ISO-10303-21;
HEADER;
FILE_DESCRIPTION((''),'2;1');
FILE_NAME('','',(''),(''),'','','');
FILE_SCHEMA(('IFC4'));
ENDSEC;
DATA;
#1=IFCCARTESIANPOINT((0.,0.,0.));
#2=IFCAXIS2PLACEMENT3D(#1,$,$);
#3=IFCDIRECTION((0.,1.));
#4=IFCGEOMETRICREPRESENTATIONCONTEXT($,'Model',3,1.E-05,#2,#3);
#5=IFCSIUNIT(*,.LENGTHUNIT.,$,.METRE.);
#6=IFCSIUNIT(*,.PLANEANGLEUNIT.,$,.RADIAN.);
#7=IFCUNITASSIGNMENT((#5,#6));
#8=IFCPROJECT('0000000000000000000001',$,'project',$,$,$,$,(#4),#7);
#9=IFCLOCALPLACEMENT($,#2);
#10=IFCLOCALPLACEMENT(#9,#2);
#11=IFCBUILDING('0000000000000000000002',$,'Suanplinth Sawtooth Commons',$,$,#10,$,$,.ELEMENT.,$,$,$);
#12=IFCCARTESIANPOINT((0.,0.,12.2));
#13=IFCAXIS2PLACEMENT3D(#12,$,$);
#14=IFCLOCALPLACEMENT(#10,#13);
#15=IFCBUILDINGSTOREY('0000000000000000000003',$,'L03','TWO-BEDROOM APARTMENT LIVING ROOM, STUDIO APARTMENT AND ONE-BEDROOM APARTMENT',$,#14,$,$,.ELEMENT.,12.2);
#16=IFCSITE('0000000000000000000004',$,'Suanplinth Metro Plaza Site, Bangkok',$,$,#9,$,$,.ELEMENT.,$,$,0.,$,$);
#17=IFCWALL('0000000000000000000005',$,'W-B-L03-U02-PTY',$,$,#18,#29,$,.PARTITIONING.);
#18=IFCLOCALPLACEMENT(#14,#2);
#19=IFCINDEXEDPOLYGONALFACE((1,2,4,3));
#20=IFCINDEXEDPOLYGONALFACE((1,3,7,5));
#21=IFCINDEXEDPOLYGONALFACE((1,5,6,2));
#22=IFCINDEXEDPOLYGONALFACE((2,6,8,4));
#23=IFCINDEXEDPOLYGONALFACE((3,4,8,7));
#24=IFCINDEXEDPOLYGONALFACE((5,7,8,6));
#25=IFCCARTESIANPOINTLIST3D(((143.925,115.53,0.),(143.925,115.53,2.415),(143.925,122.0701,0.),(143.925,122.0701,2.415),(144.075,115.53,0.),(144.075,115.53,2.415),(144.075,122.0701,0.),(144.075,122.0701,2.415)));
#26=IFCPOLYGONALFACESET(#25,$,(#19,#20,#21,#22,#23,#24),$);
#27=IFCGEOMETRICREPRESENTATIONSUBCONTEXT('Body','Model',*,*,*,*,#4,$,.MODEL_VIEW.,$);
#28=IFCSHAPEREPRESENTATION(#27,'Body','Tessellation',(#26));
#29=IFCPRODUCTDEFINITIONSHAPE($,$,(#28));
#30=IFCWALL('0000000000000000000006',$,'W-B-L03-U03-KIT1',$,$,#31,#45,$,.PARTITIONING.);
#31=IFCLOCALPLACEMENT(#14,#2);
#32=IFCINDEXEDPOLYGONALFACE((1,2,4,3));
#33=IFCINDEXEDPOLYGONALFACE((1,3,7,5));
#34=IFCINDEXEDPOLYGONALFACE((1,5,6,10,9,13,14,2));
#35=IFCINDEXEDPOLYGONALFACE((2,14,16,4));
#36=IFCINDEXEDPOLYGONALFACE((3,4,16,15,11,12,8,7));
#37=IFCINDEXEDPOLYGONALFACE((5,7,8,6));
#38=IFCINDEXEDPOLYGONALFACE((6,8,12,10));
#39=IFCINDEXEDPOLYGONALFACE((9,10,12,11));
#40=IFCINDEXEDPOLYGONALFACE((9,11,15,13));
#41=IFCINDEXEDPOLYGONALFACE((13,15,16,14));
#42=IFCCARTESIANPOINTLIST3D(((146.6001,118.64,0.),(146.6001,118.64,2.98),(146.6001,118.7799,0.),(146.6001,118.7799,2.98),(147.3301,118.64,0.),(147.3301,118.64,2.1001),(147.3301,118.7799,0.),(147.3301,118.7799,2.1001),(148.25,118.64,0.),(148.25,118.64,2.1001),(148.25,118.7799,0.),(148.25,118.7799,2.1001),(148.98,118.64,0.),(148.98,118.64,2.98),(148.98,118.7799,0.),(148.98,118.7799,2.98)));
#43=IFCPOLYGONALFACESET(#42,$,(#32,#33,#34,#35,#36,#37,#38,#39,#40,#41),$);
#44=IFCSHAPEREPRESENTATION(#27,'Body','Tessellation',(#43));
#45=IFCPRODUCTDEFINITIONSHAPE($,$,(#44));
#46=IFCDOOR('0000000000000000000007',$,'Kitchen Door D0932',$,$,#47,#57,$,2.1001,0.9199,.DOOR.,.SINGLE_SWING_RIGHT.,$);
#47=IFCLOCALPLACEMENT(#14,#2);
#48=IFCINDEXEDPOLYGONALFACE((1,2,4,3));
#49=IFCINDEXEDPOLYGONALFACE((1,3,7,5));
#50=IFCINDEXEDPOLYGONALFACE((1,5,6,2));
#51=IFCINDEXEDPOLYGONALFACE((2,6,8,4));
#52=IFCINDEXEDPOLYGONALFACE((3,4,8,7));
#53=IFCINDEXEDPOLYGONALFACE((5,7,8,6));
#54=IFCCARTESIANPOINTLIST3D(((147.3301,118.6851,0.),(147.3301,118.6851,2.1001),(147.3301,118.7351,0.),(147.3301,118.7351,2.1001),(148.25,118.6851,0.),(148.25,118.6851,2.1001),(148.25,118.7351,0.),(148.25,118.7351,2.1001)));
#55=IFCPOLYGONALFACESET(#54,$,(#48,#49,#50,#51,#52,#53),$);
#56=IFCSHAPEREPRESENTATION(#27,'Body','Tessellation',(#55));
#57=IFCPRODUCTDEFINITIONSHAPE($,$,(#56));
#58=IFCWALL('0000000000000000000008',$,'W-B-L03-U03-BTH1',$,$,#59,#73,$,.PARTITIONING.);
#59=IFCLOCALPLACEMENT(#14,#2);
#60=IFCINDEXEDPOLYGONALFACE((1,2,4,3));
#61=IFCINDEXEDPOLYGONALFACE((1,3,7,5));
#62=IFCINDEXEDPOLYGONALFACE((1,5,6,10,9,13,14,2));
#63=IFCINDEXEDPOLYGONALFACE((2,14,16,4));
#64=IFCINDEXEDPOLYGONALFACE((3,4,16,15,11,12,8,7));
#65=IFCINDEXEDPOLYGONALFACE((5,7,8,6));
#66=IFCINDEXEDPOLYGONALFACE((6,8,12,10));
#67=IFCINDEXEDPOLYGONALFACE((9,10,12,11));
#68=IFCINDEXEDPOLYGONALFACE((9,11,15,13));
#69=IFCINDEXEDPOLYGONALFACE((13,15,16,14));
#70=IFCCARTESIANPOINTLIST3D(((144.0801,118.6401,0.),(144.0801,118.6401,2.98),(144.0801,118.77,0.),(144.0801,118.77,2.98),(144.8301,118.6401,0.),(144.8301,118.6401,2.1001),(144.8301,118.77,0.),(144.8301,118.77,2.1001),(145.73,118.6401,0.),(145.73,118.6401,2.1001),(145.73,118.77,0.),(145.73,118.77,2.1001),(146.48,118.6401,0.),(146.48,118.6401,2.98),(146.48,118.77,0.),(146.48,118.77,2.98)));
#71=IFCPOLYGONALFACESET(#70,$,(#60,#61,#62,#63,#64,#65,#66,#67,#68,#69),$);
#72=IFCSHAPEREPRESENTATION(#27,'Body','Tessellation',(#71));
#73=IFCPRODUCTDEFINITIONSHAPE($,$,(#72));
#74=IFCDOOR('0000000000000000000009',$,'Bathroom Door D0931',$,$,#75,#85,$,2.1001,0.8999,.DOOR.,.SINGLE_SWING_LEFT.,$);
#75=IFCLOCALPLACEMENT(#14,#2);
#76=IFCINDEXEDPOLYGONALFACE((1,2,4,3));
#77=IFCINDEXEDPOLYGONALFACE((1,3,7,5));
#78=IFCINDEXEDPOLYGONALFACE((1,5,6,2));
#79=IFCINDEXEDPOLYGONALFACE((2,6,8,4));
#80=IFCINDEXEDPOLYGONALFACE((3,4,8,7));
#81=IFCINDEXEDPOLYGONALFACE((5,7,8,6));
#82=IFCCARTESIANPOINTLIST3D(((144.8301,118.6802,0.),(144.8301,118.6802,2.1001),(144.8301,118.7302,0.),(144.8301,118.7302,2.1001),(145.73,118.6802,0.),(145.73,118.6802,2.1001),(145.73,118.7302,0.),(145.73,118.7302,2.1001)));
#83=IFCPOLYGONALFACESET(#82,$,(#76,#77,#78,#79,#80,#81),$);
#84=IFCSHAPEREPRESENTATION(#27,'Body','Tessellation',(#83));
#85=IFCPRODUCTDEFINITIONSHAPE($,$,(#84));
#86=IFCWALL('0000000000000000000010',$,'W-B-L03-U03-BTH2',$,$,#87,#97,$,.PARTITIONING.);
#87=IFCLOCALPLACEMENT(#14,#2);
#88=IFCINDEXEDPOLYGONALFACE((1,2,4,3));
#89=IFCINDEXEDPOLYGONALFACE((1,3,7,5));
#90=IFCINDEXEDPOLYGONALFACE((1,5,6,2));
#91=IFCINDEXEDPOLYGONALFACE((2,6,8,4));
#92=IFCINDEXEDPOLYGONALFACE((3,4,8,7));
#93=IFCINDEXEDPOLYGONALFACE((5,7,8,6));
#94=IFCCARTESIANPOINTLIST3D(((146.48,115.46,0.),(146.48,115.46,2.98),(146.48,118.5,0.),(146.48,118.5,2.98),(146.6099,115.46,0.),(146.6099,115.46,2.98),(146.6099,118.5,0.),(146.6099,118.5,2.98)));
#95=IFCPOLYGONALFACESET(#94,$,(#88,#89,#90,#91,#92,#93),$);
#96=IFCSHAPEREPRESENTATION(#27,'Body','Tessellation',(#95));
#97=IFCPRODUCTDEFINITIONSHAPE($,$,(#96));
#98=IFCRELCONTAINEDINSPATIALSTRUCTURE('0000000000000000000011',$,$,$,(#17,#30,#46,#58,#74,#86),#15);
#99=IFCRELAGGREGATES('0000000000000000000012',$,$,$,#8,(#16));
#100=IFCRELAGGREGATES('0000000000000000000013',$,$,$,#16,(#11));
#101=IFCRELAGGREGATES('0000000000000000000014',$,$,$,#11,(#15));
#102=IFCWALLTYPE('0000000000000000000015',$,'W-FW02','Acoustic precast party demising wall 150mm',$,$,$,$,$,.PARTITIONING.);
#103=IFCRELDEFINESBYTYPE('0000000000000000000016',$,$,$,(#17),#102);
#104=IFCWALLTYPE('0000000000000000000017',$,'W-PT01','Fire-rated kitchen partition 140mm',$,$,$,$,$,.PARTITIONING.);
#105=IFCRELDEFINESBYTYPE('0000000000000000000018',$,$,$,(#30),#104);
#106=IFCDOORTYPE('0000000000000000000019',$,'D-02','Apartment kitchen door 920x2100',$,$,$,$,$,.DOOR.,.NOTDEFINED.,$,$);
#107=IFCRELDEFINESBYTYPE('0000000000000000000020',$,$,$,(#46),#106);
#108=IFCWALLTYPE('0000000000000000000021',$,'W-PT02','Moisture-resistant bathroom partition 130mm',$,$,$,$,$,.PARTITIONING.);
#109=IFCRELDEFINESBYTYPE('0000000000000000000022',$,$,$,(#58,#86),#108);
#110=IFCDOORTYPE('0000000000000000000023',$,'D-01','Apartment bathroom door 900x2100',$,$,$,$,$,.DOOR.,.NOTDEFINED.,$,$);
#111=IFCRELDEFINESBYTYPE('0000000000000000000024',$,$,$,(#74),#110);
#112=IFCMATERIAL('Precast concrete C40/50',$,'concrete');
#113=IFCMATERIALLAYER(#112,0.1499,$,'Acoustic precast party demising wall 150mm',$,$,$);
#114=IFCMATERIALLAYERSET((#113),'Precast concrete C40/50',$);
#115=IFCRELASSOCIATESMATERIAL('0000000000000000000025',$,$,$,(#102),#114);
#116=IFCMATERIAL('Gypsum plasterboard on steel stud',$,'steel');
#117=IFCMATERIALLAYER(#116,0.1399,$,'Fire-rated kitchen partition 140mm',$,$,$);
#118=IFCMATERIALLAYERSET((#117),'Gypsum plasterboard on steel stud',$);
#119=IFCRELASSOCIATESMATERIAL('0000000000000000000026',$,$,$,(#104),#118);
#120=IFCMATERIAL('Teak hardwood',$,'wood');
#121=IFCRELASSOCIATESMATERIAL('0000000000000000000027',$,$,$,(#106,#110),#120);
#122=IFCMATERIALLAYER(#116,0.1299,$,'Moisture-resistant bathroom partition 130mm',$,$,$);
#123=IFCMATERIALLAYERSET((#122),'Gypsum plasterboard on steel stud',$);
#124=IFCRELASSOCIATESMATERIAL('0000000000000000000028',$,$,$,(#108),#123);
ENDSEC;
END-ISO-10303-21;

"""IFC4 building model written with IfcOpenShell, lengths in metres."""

from ifc_helpers import new_model, si_unit, direction, frame, frame_2d, origin, place, context, subcontext, project, spatial, rectangle, extrude, material, layer, layer_set, type_object, element, fill, save


model = new_model("IFC4")

# Units and contexts
model_context = context("Model", 3, precision=1e-05, world=origin(), true_north=direction((0.0, 1.0)))
body_context = subcontext(model_context, "Body", "Model", "MODEL_VIEW")
ifc_project = project(units=[si_unit("LENGTHUNIT", "METRE"), si_unit("PLANEANGLEUNIT", "RADIAN")], contexts=[model_context])

# Site, building, storey
site_placement = place(None, origin())
site = spatial("IfcSite", under=ifc_project, at=site_placement, Name="Suanplinth Metro Plaza Site, Bangkok", CompositionType="ELEMENT", RefElevation=0.0)
building_placement = place(site_placement, origin())
building = spatial("IfcBuilding", under=site, at=building_placement, Name="Suanplinth Sawtooth Commons", CompositionType="ELEMENT")
storey_placement = place(building_placement, frame((0.0, 0.0, 12.2)))
storey = spatial("IfcBuildingStorey", under=building, at=storey_placement, Name="L03", Description="TWO-BEDROOM APARTMENT LIVING ROOM, STUDIO APARTMENT AND ONE-BEDROOM APARTMENT", CompositionType="ELEMENT", Elevation=12.2)

# Shared definitions
ifc_material_1 = material(Name="Precast concrete C40/50", Category="concrete")

# Wall
ifc_layer_1 = layer(ifc_material_1, 0.1499, Name="Acoustic precast party demising wall 150mm")
ifc_layer_set_1 = layer_set([ifc_layer_1], Name="Precast concrete C40/50")
wall_type_1 = type_object("IfcWallType", Name="W-FW02", Description="Acoustic precast party demising wall 150mm", PredefinedType="PARTITIONING", material=ifc_layer_set_1)
wall_1_placement = place(storey_placement, frame((144.0, 115.53, 0.0), z_axis=(0.0, 0.0, 1.0), x_axis=(0.0, 1.0, 0.0)))
element("IfcWall", 1, at=wall_1_placement, inside=storey, type_object=wall_type_1, Name="W-B-L03-U02-PTY", PredefinedType="PARTITIONING", context=body_context, shape_type="SweptSolid", body=[
    extrude(rectangle(XDim=6.54, YDim=0.1499, at=frame_2d((3.27, 0.0))), origin(), (0.0, 0.0, 1.0), 2.415),
])

# Walls, openings, doors
ifc_material_2 = material(Name="Gypsum plasterboard on steel stud", Category="steel")
ifc_layer_2 = layer(ifc_material_2, 0.1399, Name="Fire-rated kitchen partition 140mm")
ifc_layer_set_2 = layer_set([ifc_layer_2], Name="Gypsum plasterboard on steel stud")
wall_type_2 = type_object("IfcWallType", Name="W-PT01", Description="Fire-rated kitchen partition 140mm", PredefinedType="PARTITIONING", material=ifc_layer_set_2)
wall_2_placement = place(storey_placement, frame((146.6001, 118.71, 0.0), z_axis=(0.0, 0.0, 1.0), x_axis=(1.0, 0.0, 0.0)))
wall_2 = element("IfcWall", 2, at=wall_2_placement, inside=storey, type_object=wall_type_2, Name="W-B-L03-U03-KIT1", PredefinedType="PARTITIONING", context=body_context, shape_type="SweptSolid", body=[
    extrude(rectangle(XDim=2.3799, YDim=0.1399, at=frame_2d((1.1899, 0.0))), origin(), (0.0, 0.0, 1.0), 2.98),
])
opening_1_placement = place(wall_2_placement, frame((0.73, 0.0, 0.0)))
opening_1 = element("IfcOpeningElement", 3, at=opening_1_placement, cuts=wall_2, PredefinedType="OPENING", context=body_context, shape_type="SweptSolid", body=[
    extrude(rectangle(XDim=0.9199, YDim=2.1001, at=frame_2d((0.46, 1.05))), frame((0.0, 0.085, 0.0), z_axis=(0.0, -1.0, 0.0), x_axis=(1.0, 0.0, 0.0)), (0.0, 0.0, 1.0), 0.1697),
])
ifc_material_3 = material(Name="Teak hardwood", Category="wood")
door_type_1 = type_object("IfcDoorType", Name="D-02", Description="Apartment kitchen door 920x2100", OperationType="NOTDEFINED", PredefinedType="DOOR", material=ifc_material_3)
door_1_placement = place(opening_1_placement, frame((0.9199, 0.0, 0.0), z_axis=(0.0, 0.0, 1.0), x_axis=(-1.0, 0.0, 0.0)))
door_1 = element("IfcDoor", 4, at=door_1_placement, inside=storey, type_object=door_type_1, Name="Kitchen Door D0932", OperationType="SINGLE_SWING_RIGHT", OverallHeight=2.1001, OverallWidth=0.9199, PredefinedType="DOOR", context=body_context, shape_type="SweptSolid", body=[
    extrude(rectangle(XDim=0.9199, YDim=2.1001, at=frame_2d((0.46, 1.05))), frame((0.0, 0.0249, 0.0), z_axis=(0.0, -1.0, 0.0), x_axis=(1.0, 0.0, 0.0)), (0.0, 0.0, 1.0), 0.05),
])
fill(opening_1, door_1)
ifc_layer_3 = layer(ifc_material_2, 0.1299, Name="Moisture-resistant bathroom partition 130mm")
ifc_layer_set_3 = layer_set([ifc_layer_3], Name="Gypsum plasterboard on steel stud")
wall_type_3 = type_object("IfcWallType", Name="W-PT02", Description="Moisture-resistant bathroom partition 130mm", PredefinedType="PARTITIONING", material=ifc_layer_set_3)
wall_3_placement = place(storey_placement, frame((144.0801, 118.7051, 0.0), z_axis=(0.0, 0.0, 1.0), x_axis=(1.0, 0.0, 0.0)))
wall_3 = element("IfcWall", 5, at=wall_3_placement, inside=storey, type_object=wall_type_3, Name="W-B-L03-U03-BTH1", PredefinedType="PARTITIONING", context=body_context, shape_type="SweptSolid", body=[
    extrude(rectangle(XDim=2.3999, YDim=0.1299, at=frame_2d((1.2, 0.0))), origin(), (0.0, 0.0, 1.0), 2.98),
])
opening_2_placement = place(wall_3_placement, frame((0.75, 0.0, 0.0)))
opening_2 = element("IfcOpeningElement", 6, at=opening_2_placement, cuts=wall_3, PredefinedType="OPENING", context=body_context, shape_type="SweptSolid", body=[
    extrude(rectangle(XDim=0.8999, YDim=2.1001, at=frame_2d((0.45, 1.05))), frame((0.0, 0.0798, 0.0), z_axis=(0.0, -1.0, 0.0), x_axis=(1.0, 0.0, 0.0)), (0.0, 0.0, 1.0), 0.1597),
])
door_type_2 = type_object("IfcDoorType", Name="D-01", Description="Apartment bathroom door 900x2100", OperationType="NOTDEFINED", PredefinedType="DOOR", material=ifc_material_3)
door_2_placement = place(opening_2_placement, frame((0.8999, 0.0, 0.0), z_axis=(0.0, 0.0, 1.0), x_axis=(-1.0, 0.0, 0.0)))
door_2 = element("IfcDoor", 7, at=door_2_placement, inside=storey, type_object=door_type_2, Name="Bathroom Door D0931", OperationType="SINGLE_SWING_LEFT", OverallHeight=2.1001, OverallWidth=0.8999, PredefinedType="DOOR", context=body_context, shape_type="SweptSolid", body=[
    extrude(rectangle(XDim=0.8999, YDim=2.1001, at=frame_2d((0.45, 1.05))), frame((0.0, 0.0249, 0.0), z_axis=(0.0, -1.0, 0.0), x_axis=(1.0, 0.0, 0.0)), (0.0, 0.0, 1.0), 0.05),
])
fill(opening_2, door_2)

# Wall
wall_4_placement = place(storey_placement, frame((146.5449, 115.46, 0.0), z_axis=(0.0, 0.0, 1.0), x_axis=(0.0, 1.0, 0.0)))
element("IfcWall", 8, at=wall_4_placement, inside=storey, type_object=wall_type_3, Name="W-B-L03-U03-BTH2", PredefinedType="PARTITIONING", context=body_context, shape_type="SweptSolid", body=[
    extrude(rectangle(XDim=3.04, YDim=0.1299, at=frame_2d((1.52, 0.0))), origin(), (0.0, 0.0, 1.0), 2.98),
])

save(model, "model.ifc")
